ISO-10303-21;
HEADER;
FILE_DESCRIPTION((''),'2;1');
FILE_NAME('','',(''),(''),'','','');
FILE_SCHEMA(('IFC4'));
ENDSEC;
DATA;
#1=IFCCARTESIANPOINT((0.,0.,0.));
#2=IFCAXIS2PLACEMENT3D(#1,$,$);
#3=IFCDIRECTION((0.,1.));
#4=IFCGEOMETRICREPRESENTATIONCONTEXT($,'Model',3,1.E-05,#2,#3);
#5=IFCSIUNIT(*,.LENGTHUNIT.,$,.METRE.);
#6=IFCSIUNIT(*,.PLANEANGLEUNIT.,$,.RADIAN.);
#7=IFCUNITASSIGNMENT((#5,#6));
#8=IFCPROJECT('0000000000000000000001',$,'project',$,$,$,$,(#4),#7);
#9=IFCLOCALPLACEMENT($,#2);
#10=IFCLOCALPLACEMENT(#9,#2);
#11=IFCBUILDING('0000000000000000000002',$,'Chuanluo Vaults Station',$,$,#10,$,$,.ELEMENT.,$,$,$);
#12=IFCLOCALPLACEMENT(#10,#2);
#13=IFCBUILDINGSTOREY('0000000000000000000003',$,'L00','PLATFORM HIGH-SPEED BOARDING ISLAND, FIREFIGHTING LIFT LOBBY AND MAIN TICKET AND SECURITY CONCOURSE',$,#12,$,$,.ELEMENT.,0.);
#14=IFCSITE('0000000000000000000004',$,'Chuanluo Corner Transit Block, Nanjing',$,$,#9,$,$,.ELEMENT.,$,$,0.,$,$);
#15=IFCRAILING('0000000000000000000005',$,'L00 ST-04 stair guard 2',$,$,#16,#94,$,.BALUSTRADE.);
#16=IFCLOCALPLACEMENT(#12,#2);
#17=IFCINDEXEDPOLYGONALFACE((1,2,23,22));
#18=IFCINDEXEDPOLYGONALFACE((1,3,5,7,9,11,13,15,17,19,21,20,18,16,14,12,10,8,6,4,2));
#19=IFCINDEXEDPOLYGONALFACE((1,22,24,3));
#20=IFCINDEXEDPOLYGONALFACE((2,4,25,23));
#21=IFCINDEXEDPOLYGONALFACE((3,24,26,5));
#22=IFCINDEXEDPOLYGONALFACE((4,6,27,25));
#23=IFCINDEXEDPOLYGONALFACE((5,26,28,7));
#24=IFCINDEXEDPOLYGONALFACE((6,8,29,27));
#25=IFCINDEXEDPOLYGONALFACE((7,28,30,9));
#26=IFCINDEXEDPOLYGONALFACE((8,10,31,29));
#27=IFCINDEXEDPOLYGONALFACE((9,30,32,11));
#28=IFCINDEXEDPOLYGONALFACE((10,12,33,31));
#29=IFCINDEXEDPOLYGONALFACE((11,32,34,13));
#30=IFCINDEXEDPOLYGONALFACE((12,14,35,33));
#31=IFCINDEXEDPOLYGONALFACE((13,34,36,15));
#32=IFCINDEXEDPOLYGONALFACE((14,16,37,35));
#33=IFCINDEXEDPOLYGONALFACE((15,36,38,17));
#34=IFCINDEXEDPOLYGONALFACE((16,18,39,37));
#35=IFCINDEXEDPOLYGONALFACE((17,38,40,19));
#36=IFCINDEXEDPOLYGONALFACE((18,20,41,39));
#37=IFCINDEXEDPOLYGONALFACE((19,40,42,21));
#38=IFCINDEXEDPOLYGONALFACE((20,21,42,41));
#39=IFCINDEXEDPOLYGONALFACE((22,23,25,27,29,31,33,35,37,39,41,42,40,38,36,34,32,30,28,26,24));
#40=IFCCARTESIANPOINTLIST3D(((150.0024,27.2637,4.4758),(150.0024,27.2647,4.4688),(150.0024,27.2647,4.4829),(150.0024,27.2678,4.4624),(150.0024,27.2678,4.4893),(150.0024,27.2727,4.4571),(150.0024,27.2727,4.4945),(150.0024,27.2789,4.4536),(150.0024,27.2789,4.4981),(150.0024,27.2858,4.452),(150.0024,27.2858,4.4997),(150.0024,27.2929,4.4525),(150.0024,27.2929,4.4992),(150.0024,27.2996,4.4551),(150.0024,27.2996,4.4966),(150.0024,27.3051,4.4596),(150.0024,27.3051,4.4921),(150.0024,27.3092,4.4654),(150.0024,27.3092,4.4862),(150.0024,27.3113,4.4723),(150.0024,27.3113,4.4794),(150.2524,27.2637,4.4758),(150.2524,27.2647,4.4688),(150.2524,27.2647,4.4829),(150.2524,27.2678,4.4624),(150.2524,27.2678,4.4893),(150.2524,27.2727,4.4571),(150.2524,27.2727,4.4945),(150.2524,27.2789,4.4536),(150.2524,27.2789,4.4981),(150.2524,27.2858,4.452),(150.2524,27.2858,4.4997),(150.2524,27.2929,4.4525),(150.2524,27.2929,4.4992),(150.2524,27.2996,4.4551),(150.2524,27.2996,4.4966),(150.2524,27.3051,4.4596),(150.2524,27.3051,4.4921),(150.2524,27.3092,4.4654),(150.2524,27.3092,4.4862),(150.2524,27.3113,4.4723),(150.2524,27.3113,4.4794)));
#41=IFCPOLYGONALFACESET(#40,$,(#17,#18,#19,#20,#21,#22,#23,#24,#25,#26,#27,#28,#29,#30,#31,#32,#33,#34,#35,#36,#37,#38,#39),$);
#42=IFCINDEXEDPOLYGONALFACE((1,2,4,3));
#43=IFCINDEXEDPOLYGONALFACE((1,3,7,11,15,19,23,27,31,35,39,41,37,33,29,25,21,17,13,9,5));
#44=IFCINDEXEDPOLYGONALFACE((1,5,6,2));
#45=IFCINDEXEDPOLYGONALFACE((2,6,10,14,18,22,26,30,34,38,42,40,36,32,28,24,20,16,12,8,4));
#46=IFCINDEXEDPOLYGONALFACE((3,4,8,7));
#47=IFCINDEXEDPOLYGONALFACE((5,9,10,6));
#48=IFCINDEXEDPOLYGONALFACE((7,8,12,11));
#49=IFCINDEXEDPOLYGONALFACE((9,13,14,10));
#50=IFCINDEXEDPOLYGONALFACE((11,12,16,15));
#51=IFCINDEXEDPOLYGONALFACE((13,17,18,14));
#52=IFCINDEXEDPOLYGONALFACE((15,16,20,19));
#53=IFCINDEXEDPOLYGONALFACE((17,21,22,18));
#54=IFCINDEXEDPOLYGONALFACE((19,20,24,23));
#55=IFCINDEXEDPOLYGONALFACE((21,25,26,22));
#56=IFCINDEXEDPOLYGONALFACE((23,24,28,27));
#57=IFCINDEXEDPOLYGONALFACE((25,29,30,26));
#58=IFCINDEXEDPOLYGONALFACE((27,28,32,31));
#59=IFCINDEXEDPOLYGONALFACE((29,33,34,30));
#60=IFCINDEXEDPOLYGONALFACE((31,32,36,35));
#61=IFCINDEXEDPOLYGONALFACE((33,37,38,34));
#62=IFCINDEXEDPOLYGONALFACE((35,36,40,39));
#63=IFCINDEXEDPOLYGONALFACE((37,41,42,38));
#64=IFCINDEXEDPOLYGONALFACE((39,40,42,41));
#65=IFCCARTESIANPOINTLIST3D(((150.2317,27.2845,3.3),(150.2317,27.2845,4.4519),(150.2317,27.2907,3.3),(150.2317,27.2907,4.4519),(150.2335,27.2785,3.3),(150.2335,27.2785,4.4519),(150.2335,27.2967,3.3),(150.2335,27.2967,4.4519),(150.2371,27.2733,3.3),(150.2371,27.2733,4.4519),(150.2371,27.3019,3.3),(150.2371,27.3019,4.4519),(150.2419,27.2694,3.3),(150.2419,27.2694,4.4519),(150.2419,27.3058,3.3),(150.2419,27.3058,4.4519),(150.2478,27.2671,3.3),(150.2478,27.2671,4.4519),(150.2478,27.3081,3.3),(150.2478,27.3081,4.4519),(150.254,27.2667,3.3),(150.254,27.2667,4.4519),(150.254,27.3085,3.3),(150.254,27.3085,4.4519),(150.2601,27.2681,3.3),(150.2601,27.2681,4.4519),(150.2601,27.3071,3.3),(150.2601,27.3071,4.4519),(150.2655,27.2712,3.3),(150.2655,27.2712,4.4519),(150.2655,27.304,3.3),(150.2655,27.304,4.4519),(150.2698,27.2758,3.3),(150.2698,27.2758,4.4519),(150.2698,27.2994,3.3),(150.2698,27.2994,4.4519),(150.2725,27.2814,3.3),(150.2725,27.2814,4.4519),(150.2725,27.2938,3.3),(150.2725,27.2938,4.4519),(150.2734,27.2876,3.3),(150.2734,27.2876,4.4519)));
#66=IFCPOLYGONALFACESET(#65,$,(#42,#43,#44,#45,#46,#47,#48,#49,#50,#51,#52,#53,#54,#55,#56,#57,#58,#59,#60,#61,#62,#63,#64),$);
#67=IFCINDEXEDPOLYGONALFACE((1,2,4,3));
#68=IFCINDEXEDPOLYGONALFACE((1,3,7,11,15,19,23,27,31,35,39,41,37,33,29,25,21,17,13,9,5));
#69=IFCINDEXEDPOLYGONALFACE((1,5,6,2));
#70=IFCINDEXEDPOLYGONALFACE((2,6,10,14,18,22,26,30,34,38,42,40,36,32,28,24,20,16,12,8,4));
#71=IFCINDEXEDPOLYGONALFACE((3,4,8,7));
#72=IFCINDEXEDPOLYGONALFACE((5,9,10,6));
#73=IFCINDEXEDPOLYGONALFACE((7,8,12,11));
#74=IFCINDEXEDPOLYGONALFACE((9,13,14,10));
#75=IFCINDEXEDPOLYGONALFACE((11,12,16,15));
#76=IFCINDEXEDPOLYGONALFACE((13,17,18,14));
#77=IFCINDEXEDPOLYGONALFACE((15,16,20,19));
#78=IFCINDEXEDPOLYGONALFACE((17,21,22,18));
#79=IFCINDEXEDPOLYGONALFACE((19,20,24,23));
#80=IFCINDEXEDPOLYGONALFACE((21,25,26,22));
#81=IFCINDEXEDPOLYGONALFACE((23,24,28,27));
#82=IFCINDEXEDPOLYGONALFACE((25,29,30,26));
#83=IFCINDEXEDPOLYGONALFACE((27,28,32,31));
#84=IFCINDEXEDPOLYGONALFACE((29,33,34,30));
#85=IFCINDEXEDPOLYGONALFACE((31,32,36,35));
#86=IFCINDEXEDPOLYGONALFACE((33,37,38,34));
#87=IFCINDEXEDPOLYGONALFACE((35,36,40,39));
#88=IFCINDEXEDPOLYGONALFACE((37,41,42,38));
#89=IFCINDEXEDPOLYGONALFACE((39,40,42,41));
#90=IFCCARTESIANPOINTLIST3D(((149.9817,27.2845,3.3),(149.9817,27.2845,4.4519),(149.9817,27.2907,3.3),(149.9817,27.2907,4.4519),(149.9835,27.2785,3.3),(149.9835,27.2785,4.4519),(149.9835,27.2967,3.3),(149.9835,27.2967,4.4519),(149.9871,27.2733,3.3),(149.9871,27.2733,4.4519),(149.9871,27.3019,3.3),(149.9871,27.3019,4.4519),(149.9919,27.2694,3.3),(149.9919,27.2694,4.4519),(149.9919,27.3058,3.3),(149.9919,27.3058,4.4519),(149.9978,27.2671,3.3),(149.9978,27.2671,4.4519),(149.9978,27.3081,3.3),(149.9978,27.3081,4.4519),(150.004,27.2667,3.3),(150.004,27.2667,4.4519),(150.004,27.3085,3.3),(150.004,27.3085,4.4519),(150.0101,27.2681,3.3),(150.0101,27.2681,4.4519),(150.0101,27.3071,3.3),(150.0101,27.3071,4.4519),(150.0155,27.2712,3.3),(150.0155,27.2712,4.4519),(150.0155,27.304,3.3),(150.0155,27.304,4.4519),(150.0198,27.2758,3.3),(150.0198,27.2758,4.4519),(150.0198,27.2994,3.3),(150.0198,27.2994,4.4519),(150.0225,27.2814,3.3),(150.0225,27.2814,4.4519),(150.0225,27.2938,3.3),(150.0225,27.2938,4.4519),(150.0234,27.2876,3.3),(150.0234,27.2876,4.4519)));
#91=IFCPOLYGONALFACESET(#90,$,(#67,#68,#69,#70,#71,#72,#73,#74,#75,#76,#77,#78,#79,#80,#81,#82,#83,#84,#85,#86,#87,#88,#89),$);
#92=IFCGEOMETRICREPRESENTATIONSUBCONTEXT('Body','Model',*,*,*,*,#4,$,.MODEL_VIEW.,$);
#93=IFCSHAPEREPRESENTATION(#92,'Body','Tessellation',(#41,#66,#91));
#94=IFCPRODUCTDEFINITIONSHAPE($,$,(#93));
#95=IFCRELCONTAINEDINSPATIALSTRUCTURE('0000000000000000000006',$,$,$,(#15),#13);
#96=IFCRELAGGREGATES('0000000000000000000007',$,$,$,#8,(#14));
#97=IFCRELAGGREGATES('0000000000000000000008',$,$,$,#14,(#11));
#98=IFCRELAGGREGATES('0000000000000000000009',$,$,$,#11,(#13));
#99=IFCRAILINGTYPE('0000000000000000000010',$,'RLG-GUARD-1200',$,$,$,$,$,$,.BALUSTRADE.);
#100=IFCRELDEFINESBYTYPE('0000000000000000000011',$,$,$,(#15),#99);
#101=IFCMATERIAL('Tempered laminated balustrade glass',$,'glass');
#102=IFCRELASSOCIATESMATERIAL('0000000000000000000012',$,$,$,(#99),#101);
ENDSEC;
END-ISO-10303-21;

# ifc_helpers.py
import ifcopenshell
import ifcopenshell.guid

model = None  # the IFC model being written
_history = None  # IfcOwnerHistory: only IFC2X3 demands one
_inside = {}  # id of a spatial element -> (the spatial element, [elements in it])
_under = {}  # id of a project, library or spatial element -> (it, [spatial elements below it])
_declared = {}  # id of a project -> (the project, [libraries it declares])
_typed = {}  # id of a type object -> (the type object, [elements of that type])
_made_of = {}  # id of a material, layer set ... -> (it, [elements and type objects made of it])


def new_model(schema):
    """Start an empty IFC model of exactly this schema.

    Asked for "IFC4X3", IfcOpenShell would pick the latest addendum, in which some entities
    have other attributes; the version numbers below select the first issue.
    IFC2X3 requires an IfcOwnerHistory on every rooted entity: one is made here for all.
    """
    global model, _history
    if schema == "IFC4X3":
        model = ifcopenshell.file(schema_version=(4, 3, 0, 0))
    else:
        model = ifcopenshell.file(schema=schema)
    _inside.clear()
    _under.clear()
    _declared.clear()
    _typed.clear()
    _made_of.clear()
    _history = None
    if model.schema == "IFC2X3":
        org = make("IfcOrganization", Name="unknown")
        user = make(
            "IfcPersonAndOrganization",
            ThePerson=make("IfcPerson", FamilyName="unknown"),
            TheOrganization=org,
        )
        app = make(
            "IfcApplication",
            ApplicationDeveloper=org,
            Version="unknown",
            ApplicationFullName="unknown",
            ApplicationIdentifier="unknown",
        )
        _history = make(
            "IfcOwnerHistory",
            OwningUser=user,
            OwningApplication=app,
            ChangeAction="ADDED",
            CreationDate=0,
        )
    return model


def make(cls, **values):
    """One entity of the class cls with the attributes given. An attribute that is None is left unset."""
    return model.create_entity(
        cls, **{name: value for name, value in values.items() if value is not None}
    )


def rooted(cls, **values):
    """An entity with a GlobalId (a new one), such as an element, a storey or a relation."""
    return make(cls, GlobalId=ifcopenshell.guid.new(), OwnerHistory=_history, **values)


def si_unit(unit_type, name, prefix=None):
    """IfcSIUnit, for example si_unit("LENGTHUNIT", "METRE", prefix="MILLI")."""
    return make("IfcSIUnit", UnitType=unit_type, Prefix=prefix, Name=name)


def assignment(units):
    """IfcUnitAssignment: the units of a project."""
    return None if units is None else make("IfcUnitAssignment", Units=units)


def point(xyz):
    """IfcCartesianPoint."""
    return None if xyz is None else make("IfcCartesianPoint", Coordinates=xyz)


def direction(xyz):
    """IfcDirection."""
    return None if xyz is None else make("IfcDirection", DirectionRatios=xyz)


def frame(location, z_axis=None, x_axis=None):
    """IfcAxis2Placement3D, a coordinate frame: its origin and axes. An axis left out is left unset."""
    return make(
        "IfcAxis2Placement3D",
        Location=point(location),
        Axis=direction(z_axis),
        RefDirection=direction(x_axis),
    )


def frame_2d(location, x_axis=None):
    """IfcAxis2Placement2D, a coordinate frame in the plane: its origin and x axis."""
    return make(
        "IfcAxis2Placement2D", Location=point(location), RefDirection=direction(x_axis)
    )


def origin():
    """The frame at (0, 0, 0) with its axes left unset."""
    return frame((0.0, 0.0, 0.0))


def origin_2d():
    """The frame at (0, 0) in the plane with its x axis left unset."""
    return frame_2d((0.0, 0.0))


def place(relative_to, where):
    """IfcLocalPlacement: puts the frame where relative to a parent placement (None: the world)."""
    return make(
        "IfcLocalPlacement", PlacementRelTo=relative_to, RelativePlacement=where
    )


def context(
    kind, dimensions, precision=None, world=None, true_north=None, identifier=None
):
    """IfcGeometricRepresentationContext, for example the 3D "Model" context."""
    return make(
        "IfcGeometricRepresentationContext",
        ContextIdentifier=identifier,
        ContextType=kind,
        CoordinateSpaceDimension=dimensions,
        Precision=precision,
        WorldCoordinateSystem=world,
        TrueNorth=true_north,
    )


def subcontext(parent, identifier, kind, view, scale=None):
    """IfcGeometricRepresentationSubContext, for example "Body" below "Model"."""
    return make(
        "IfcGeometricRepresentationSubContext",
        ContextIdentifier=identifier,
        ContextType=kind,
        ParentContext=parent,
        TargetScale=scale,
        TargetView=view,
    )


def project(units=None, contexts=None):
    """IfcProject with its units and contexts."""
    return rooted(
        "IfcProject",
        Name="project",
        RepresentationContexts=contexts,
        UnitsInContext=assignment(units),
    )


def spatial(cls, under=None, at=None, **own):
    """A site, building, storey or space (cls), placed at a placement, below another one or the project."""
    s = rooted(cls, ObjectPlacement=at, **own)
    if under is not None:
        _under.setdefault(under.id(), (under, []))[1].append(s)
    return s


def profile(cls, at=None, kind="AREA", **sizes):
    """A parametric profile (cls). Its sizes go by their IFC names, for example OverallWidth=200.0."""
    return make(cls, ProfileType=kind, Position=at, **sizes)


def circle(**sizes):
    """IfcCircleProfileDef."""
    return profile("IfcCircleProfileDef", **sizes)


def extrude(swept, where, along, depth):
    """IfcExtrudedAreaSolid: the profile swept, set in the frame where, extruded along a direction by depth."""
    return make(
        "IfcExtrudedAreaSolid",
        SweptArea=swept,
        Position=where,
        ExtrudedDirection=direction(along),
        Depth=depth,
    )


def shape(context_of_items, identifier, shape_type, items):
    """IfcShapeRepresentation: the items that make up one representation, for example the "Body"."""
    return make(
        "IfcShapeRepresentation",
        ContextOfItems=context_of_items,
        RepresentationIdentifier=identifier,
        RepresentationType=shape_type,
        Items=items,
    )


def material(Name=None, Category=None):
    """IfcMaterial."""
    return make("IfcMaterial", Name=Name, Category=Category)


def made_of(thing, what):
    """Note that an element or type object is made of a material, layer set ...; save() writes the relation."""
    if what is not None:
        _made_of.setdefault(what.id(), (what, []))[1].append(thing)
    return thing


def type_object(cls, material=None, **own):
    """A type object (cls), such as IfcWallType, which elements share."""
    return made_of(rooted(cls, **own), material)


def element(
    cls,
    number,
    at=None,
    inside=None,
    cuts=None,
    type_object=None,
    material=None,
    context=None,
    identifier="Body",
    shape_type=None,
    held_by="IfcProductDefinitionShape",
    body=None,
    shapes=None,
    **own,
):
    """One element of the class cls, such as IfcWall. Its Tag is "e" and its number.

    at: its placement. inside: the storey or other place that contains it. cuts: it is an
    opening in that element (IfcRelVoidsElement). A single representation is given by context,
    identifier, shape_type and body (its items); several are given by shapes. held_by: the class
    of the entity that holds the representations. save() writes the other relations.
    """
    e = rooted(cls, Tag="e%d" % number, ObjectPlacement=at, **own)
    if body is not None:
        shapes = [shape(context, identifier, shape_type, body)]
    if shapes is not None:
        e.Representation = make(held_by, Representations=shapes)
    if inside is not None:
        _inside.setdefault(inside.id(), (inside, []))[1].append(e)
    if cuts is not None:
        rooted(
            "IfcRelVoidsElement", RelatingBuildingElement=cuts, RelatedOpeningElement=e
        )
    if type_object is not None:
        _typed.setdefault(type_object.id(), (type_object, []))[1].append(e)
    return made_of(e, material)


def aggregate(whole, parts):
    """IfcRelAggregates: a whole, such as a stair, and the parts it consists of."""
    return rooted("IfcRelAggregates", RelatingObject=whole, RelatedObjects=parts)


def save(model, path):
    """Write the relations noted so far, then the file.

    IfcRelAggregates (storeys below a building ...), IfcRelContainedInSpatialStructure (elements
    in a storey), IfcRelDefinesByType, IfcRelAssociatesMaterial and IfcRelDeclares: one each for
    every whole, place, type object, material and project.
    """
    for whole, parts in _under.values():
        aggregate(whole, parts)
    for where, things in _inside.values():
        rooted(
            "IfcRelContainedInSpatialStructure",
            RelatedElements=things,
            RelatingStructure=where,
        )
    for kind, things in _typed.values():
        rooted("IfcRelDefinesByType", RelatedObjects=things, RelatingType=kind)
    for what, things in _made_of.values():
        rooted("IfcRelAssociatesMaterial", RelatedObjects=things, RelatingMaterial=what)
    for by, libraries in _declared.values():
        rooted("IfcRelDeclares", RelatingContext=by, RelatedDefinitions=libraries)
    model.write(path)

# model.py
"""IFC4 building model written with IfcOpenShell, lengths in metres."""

from ifc_helpers import new_model, si_unit, direction, frame, origin, origin_2d, place, context, subcontext, project, spatial, circle, extrude, material, type_object, element, save


model = new_model("IFC4")

# Units and contexts
model_context = context("Model", 3, precision=1e-05, world=origin(), true_north=direction((0.0, 1.0)))
body_context = subcontext(model_context, "Body", "Model", "MODEL_VIEW")
ifc_project = project(units=[si_unit("LENGTHUNIT", "METRE"), si_unit("PLANEANGLEUNIT", "RADIAN")], contexts=[model_context])

# Site, building, storey
site_placement = place(None, origin())
site = spatial("IfcSite", under=ifc_project, at=site_placement, Name="Chuanluo Corner Transit Block, Nanjing", CompositionType="ELEMENT", RefElevation=0.0)
building_placement = place(site_placement, origin())
building = spatial("IfcBuilding", under=site, at=building_placement, Name="Chuanluo Vaults Station", CompositionType="ELEMENT")
storey_placement = place(building_placement, origin())
storey = spatial("IfcBuildingStorey", under=building, at=storey_placement, Name="L00", Description="PLATFORM HIGH-SPEED BOARDING ISLAND, FIREFIGHTING LIFT LOBBY AND MAIN TICKET AND SECURITY CONCOURSE", CompositionType="ELEMENT", Elevation=0.0)

# Railing
ifc_material_1 = material(Name="Tempered laminated balustrade glass", Category="glass")
railing_type_1 = type_object("IfcRailingType", Name="RLG-GUARD-1200", PredefinedType="BALUSTRADE", material=ifc_material_1)
railing_1_placement = place(storey_placement, frame((150.2524, 27.2876, 3.3)))
element("IfcRailing", 1, at=railing_1_placement, inside=storey, type_object=railing_type_1, Name="L00 ST-04 stair guard 2", PredefinedType="BALUSTRADE", context=body_context, shape_type="SweptSolid", body=[
    extrude(circle(Radius=0.0239, at=origin_2d()), frame((0.0, 0.0, 1.1758), z_axis=(-1.0, 0.0, 0.0), x_axis=(0.0, -1.0, 0.0)), (0.0, 0.0, 1.0), 0.25),
    extrude(circle(Radius=0.021, at=origin_2d()), origin(), (0.0, 0.0, 1.0), 1.1519),
    extrude(circle(Radius=0.021, at=origin_2d()), frame((-0.25, 0.0, 0.0)), (0.0, 0.0, 1.0), 1.1519),
])

save(model, "model.ifc")
